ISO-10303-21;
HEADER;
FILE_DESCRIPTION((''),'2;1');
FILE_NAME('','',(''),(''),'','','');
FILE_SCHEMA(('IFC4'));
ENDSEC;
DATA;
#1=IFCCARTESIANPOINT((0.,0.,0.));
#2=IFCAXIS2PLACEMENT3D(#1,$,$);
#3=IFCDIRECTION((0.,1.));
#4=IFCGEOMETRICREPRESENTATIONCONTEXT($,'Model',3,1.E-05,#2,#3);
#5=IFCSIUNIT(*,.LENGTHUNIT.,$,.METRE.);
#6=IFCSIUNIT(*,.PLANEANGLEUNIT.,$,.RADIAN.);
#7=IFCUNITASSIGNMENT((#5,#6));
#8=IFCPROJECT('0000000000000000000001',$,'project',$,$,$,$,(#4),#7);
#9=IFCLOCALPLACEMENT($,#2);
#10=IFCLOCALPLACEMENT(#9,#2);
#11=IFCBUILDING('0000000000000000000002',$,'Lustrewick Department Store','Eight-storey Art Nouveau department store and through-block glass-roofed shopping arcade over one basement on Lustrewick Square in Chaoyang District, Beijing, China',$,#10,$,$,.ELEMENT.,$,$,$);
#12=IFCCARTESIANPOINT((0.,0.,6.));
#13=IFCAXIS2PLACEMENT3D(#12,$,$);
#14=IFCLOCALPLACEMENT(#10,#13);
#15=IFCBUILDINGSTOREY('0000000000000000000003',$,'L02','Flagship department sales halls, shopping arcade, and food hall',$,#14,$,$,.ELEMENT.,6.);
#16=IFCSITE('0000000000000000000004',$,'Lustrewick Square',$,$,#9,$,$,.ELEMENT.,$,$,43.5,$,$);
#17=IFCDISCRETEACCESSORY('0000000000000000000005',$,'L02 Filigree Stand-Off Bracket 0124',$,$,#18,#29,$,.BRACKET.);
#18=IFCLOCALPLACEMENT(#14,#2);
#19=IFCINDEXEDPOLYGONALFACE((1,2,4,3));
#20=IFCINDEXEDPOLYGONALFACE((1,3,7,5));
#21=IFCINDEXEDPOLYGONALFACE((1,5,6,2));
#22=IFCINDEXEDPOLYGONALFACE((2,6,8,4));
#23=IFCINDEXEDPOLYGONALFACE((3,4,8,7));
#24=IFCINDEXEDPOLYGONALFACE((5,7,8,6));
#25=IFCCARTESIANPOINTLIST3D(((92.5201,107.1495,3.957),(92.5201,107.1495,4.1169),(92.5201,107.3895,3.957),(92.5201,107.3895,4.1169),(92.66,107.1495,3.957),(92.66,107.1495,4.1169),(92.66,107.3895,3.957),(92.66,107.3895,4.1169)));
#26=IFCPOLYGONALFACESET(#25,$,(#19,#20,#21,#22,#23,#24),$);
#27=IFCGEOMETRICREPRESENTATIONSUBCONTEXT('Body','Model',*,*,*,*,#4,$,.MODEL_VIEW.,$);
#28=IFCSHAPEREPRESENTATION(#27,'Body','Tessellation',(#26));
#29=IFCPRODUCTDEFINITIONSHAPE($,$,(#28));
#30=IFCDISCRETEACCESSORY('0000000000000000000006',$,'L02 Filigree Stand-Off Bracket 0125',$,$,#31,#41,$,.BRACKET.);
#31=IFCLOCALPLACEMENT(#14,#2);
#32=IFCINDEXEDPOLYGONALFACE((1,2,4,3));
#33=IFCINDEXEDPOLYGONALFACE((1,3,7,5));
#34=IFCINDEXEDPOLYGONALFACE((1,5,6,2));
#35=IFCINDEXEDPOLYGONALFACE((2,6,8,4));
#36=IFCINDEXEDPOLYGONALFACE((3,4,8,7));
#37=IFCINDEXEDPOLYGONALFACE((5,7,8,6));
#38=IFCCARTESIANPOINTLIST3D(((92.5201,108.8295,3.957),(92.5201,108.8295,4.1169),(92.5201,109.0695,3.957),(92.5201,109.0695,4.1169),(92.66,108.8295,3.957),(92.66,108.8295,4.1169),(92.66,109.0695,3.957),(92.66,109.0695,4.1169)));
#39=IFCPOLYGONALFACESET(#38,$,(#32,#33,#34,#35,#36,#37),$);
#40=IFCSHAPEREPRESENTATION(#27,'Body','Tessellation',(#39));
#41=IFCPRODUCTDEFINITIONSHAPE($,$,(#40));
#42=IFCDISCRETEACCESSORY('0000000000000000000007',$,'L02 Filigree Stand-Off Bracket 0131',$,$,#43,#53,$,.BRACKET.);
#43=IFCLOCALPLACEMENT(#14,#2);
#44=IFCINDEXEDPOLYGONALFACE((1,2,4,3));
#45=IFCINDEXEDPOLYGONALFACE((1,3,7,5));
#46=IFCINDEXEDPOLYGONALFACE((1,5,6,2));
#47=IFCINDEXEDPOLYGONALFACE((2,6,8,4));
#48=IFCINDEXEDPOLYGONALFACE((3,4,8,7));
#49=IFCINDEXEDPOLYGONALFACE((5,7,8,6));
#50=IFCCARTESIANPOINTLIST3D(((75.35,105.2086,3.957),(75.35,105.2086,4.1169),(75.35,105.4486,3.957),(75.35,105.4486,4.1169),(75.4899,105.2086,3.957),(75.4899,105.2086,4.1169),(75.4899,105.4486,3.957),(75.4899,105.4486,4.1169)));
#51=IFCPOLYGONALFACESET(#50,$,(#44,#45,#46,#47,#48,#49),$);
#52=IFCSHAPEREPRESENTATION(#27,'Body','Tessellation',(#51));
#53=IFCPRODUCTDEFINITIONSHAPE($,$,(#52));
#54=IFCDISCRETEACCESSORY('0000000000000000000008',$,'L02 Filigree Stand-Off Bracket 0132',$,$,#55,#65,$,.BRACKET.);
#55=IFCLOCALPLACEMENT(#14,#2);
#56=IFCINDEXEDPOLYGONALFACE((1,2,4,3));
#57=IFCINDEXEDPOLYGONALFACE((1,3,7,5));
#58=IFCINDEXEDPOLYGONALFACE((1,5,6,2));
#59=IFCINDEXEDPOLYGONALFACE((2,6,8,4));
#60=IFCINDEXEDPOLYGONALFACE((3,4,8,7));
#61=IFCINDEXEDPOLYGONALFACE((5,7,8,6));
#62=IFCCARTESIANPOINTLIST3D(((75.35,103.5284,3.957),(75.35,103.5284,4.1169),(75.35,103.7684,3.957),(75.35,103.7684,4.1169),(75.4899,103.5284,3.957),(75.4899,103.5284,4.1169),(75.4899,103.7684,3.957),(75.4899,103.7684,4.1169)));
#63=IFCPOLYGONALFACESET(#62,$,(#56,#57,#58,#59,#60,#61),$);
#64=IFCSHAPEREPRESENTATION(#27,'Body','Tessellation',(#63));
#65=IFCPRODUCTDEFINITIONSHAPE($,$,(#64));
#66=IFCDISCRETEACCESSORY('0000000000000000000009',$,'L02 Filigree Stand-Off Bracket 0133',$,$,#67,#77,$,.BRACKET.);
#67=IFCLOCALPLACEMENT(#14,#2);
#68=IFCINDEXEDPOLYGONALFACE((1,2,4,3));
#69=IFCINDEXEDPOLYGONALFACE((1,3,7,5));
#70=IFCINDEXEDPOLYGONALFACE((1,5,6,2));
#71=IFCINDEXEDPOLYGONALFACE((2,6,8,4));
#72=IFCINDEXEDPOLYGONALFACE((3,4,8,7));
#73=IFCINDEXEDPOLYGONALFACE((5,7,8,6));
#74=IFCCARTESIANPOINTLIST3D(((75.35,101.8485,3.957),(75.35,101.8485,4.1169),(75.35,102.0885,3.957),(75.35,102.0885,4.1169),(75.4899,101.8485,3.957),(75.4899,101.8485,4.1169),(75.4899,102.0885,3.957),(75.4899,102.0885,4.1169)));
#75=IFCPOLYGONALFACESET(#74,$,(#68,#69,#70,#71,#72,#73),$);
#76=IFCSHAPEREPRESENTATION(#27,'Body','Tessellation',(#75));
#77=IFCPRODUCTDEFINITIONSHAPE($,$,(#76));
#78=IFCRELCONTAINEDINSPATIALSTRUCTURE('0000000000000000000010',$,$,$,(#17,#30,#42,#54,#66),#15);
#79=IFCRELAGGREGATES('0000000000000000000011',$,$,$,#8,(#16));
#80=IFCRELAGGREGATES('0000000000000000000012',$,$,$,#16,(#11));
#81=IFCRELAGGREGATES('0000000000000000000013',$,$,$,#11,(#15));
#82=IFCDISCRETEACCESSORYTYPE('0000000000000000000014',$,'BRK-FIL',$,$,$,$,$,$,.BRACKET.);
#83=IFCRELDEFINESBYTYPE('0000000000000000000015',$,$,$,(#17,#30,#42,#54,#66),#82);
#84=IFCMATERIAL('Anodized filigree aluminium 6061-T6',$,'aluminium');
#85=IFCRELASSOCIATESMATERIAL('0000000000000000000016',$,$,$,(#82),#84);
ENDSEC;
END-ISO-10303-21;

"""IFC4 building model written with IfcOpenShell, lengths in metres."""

from ifc_helpers import new_model, si_unit, direction, frame, origin, origin_2d, place, context, subcontext, project, spatial, rectangle, extrude, material, type_object, element, save


model = new_model("IFC4")

# Units and contexts
model_context = context("Model", 3, precision=1e-05, world=origin(), true_north=direction((0.0, 1.0)))
body_context = subcontext(model_context, "Body", "Model", "MODEL_VIEW")
ifc_project = project(units=[si_unit("LENGTHUNIT", "METRE"), si_unit("PLANEANGLEUNIT", "RADIAN")], contexts=[model_context])

# Site, building, storey
site_placement = place(None, origin())
site = spatial("IfcSite", under=ifc_project, at=site_placement, Name="Lustrewick Square", CompositionType="ELEMENT", RefElevation=43.5)
building_placement = place(site_placement, origin())
building = spatial("IfcBuilding", under=site, at=building_placement, Name="Lustrewick Department Store", Description="Eight-storey Art Nouveau department store and through-block glass-roofed shopping arcade over one basement on Lustrewick Square in Chaoyang District, Beijing, China", CompositionType="ELEMENT")
storey_placement = place(building_placement, frame((0.0, 0.0, 6.0)))
storey = spatial("IfcBuildingStorey", under=building, at=storey_placement, Name="L02", Description="Flagship department sales halls, shopping arcade, and food hall", CompositionType="ELEMENT", Elevation=6.0)

# Discrete accessories
ifc_material_1 = material(Name="Anodized filigree aluminium 6061-T6", Category="aluminium")
discrete_accessory_type = type_object("IfcDiscreteAccessoryType", Name="BRK-FIL", PredefinedType="BRACKET", material=ifc_material_1)
for number, where, z_axis, x_axis, name in (
    (1, (92.5901, 107.2695, 3.957), (0.0, 0.0, 1.0), (0.0, 1.0, 0.0), "L02 Filigree Stand-Off Bracket 0124"),
    (2, (92.5901, 108.9495, 3.957), (0.0, 0.0, 1.0), (0.0, 1.0, 0.0), "L02 Filigree Stand-Off Bracket 0125"),
    (3, (75.4199, 105.3286, 3.957), (0.0, 0.0, 1.0), (0.0, -1.0, 0.0), "L02 Filigree Stand-Off Bracket 0131"),
    (4, (75.4199, 103.6484, 3.957), (0.0, 0.0, 1.0), (0.0, -1.0, 0.0), "L02 Filigree Stand-Off Bracket 0132"),
    (5, (75.4199, 101.9685, 3.957), (0.0, 0.0, 1.0), (0.0, -1.0, 0.0), "L02 Filigree Stand-Off Bracket 0133"),
):
    element("IfcDiscreteAccessory", number, at=place(storey_placement, frame(where, z_axis=z_axis, x_axis=x_axis)), inside=storey, type_object=discrete_accessory_type, Name=name, PredefinedType="BRACKET", context=body_context, shape_type="SweptSolid", body=[
        extrude(rectangle(XDim=0.24, YDim=0.1399, at=origin_2d()), origin(), (0.0, 0.0, 1.0), 0.1599),
    ])

save(model, "model.ifc")
